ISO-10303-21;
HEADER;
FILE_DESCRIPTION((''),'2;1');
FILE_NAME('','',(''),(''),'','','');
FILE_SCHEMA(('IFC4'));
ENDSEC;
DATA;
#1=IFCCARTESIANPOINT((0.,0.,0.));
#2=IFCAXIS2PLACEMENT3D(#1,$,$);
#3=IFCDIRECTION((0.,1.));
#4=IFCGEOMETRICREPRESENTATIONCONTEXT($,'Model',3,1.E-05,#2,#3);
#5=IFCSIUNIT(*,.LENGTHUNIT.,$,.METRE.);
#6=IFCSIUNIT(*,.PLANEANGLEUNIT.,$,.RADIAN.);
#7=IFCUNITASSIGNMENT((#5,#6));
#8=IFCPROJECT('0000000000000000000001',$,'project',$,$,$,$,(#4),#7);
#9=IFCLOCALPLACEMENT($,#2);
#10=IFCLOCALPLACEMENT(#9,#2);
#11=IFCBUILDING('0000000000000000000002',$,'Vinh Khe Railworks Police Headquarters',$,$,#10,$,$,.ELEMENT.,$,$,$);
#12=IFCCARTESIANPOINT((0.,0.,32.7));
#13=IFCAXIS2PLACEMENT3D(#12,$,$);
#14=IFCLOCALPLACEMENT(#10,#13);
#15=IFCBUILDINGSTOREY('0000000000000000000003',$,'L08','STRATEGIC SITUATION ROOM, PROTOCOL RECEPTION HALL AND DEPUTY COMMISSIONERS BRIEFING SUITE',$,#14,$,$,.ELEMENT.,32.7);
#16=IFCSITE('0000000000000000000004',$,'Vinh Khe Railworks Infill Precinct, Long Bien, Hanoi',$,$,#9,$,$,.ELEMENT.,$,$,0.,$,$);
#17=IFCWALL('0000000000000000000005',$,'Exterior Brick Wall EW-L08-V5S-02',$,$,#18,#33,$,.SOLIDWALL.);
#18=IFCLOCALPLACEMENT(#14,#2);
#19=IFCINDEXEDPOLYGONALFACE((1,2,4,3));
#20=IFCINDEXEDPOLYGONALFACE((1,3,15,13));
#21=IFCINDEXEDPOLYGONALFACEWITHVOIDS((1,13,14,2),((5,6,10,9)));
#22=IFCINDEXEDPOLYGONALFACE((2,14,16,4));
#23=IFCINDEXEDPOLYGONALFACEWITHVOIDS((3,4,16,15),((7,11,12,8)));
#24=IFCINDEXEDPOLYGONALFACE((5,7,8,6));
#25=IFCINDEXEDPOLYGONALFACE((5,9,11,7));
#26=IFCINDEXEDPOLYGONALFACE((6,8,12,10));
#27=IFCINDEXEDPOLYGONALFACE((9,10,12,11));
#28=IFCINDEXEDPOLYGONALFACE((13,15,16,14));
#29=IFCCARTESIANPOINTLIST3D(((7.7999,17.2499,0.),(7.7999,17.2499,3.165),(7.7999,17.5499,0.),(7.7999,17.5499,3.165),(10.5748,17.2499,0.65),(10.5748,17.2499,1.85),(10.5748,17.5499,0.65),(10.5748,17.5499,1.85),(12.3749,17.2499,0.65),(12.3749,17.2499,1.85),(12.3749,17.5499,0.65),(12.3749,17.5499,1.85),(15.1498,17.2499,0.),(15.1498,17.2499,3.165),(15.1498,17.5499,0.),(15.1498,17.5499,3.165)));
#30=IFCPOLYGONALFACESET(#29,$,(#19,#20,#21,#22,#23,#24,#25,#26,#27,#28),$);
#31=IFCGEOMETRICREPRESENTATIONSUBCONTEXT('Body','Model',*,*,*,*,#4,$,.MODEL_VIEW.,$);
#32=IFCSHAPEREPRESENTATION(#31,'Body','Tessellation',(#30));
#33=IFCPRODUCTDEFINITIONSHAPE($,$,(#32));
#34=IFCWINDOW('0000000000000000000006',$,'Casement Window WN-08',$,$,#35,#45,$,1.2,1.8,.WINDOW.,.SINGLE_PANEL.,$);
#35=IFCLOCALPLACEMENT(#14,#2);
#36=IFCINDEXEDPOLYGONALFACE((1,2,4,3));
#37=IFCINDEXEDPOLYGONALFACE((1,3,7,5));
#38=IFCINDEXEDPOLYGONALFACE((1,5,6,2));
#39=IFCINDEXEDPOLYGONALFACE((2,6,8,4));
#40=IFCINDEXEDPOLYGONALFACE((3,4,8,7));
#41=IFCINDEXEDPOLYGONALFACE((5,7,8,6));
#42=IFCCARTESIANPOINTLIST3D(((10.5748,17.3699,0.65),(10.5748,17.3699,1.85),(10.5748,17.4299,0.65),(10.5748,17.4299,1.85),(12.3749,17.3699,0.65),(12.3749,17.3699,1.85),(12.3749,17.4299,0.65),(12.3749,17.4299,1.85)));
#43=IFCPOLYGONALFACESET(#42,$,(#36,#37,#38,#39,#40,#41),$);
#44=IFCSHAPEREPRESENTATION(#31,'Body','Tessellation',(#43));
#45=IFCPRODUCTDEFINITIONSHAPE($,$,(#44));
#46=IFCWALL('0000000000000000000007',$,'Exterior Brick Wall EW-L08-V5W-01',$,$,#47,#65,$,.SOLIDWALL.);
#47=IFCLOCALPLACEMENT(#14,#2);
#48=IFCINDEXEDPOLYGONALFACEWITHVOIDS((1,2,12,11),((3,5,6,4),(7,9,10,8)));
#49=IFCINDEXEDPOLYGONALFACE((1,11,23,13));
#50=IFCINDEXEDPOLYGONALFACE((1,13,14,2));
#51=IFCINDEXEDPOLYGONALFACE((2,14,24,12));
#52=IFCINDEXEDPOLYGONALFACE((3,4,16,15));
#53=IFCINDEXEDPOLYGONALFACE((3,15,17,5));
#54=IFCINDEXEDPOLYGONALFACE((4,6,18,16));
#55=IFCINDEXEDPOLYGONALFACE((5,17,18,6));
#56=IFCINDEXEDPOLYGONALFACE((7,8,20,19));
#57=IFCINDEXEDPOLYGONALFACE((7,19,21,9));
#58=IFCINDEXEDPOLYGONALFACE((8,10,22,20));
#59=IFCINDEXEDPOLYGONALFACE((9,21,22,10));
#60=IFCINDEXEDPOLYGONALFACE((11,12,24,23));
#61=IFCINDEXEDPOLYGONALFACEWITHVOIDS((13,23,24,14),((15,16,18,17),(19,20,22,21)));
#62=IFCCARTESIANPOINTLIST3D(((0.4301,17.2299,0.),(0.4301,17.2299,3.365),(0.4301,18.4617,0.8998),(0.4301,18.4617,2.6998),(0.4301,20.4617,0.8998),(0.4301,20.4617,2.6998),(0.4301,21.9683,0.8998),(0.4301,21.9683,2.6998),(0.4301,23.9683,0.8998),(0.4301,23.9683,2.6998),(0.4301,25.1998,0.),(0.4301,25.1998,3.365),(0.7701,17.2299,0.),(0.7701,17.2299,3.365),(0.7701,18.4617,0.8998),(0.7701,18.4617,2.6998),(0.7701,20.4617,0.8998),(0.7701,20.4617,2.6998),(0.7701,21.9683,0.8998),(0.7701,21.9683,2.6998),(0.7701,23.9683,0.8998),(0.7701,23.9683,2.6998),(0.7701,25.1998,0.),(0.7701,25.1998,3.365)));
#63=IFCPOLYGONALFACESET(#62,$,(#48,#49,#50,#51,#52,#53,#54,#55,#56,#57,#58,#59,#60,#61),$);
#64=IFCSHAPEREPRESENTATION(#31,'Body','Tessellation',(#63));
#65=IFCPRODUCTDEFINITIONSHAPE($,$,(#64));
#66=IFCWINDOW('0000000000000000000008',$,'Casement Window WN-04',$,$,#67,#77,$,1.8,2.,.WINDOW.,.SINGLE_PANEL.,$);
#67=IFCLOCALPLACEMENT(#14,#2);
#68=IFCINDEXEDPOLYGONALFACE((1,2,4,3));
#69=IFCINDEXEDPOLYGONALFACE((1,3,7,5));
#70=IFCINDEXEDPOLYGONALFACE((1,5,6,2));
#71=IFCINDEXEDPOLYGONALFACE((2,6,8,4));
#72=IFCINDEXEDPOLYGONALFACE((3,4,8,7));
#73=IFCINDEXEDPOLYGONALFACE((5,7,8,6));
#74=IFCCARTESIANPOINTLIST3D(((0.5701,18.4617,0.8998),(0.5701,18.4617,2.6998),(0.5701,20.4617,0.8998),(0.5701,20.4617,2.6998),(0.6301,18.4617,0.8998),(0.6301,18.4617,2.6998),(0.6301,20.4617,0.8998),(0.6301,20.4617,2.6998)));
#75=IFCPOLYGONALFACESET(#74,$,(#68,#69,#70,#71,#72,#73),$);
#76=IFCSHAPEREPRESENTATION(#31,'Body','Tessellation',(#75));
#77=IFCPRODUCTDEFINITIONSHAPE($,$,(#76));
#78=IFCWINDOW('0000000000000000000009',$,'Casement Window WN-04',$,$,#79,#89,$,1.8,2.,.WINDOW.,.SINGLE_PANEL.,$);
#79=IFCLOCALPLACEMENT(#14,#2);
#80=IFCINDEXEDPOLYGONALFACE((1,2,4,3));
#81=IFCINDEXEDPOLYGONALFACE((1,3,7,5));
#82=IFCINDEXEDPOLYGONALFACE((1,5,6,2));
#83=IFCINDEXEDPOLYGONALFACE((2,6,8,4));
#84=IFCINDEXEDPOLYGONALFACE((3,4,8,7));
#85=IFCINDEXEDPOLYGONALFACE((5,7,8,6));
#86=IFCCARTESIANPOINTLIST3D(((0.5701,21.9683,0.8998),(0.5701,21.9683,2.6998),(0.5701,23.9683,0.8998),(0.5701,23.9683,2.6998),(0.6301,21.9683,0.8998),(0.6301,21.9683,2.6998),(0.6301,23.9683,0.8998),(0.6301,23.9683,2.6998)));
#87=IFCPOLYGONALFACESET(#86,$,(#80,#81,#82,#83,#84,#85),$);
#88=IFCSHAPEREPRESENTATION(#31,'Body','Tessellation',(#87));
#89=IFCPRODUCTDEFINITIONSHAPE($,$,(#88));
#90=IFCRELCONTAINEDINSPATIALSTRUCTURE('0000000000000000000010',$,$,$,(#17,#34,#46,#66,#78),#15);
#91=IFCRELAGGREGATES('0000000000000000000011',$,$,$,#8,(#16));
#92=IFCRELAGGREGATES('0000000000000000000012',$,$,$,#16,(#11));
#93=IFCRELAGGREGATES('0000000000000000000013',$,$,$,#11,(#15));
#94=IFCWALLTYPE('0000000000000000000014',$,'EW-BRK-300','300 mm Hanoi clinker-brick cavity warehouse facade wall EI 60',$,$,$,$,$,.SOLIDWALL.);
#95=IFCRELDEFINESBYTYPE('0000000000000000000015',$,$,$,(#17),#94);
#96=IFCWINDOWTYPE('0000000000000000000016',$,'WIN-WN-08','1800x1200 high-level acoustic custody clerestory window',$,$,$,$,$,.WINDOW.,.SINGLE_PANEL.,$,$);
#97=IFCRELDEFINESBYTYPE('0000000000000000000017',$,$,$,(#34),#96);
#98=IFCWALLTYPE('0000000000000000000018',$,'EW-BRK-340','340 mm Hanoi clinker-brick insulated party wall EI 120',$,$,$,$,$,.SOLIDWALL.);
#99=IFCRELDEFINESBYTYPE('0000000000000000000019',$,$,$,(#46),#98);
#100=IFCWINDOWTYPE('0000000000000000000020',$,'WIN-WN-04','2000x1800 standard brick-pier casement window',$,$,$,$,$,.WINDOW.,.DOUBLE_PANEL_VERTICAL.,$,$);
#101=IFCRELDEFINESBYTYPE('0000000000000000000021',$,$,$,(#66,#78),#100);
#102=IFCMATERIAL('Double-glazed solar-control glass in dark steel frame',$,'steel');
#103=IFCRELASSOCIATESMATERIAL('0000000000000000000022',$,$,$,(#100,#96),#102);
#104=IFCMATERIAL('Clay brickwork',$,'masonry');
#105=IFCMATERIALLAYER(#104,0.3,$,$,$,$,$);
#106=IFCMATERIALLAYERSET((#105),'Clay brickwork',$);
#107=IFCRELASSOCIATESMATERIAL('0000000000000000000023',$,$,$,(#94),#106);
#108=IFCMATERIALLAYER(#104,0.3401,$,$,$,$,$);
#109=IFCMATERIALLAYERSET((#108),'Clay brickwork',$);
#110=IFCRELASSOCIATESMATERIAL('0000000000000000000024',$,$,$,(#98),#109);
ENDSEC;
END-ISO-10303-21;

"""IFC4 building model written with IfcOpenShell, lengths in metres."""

from ifc_helpers import new_model, si_unit, direction, frame, frame_2d, origin, place, context, subcontext, project, spatial, rectangle, extrude, material, layer, layer_set, type_object, element, fill, save


model = new_model("IFC4")

# Units and contexts
model_context = context("Model", 3, precision=1e-05, world=origin(), true_north=direction((0.0, 1.0)))
body_context = subcontext(model_context, "Body", "Model", "MODEL_VIEW")
ifc_project = project(units=[si_unit("LENGTHUNIT", "METRE"), si_unit("PLANEANGLEUNIT", "RADIAN")], contexts=[model_context])

# Site, building, storey
site_placement = place(None, origin())
site = spatial("IfcSite", under=ifc_project, at=site_placement, Name="Vinh Khe Railworks Infill Precinct, Long Bien, Hanoi", CompositionType="ELEMENT", RefElevation=0.0)
building_placement = place(site_placement, origin())
building = spatial("IfcBuilding", under=site, at=building_placement, Name="Vinh Khe Railworks Police Headquarters", CompositionType="ELEMENT")
storey_placement = place(building_placement, frame((0.0, 0.0, 32.7)))
storey = spatial("IfcBuildingStorey", under=building, at=storey_placement, Name="L08", Description="STRATEGIC SITUATION ROOM, PROTOCOL RECEPTION HALL AND DEPUTY COMMISSIONERS BRIEFING SUITE", CompositionType="ELEMENT", Elevation=32.7)

# Shared definitions
ifc_material_1 = material(Name="Clay brickwork", Category="masonry")
ifc_material_2 = material(Name="Double-glazed solar-control glass in dark steel frame", Category="steel")
window_type_1 = type_object("IfcWindowType", Name="WIN-WN-04", Description="2000x1800 standard brick-pier casement window", PartitioningType="DOUBLE_PANEL_VERTICAL", PredefinedType="WINDOW", material=ifc_material_2)

# Wall, opening, window
ifc_layer_1 = layer(ifc_material_1, 0.3)
ifc_layer_set_1 = layer_set([ifc_layer_1], Name="Clay brickwork")
wall_type_1 = type_object("IfcWallType", Name="EW-BRK-300", Description="300 mm Hanoi clinker-brick cavity warehouse facade wall EI 60", PredefinedType="SOLIDWALL", material=ifc_layer_set_1)
window_type_2 = type_object("IfcWindowType", Name="WIN-WN-08", Description="1800x1200 high-level acoustic custody clerestory window", PartitioningType="SINGLE_PANEL", PredefinedType="WINDOW", material=ifc_material_2)
wall_1_placement = place(storey_placement, frame((7.8, 17.3999, 0.0), z_axis=(0.0, 0.0, 1.0), x_axis=(1.0, 0.0, 0.0)))
wall_1 = element("IfcWall", 1, at=wall_1_placement, inside=storey, type_object=wall_type_1, Name="Exterior Brick Wall EW-L08-V5S-02", PredefinedType="SOLIDWALL", context=body_context, shape_type="SweptSolid", body=[
    extrude(rectangle(XDim=7.3499, YDim=0.3, at=frame_2d((3.6748, 0.0))), origin(), (0.0, 0.0, 1.0), 3.165),
])
opening_1_placement = place(wall_1_placement, frame((2.7749, 0.0, 0.6499)))
opening_1 = element("IfcOpeningElement", 2, at=opening_1_placement, cuts=wall_1, PredefinedType="OPENING", context=body_context, shape_type="SweptSolid", body=[
    extrude(rectangle(XDim=1.8, YDim=1.2, at=frame_2d((0.8999, 0.6001))), frame((0.0, 0.165, 0.0), z_axis=(0.0, -1.0, 0.0), x_axis=(1.0, 0.0, 0.0)), (0.0, 0.0, 1.0), 0.3298),
])
window_1_placement = place(opening_1_placement, origin())
window_1 = element("IfcWindow", 3, at=window_1_placement, inside=storey, type_object=window_type_2, Name="Casement Window WN-08", OverallHeight=1.2, OverallWidth=1.8, PartitioningType="SINGLE_PANEL", PredefinedType="WINDOW", context=body_context, shape_type="SweptSolid", body=[
    extrude(rectangle(XDim=1.8, YDim=1.2, at=frame_2d((0.8999, 0.6001))), frame((0.0, 0.03, 0.0), z_axis=(0.0, -1.0, 0.0), x_axis=(1.0, 0.0, 0.0)), (0.0, 0.0, 1.0), 0.0601),
])
fill(opening_1, window_1)

# Wall, openings, windows
ifc_layer_2 = layer(ifc_material_1, 0.3401)
ifc_layer_set_2 = layer_set([ifc_layer_2], Name="Clay brickwork")
wall_type_2 = type_object("IfcWallType", Name="EW-BRK-340", Description="340 mm Hanoi clinker-brick insulated party wall EI 120", PredefinedType="SOLIDWALL", material=ifc_layer_set_2)
wall_2_placement = place(storey_placement, frame((0.6001, 17.23, 0.0), z_axis=(0.0, 0.0, 1.0), x_axis=(0.0, 1.0, 0.0)))
wall_2 = element("IfcWall", 4, at=wall_2_placement, inside=storey, type_object=wall_type_2, Name="Exterior Brick Wall EW-L08-V5W-01", PredefinedType="SOLIDWALL", context=body_context, shape_type="SweptSolid", body=[
    extrude(rectangle(XDim=7.97, YDim=0.3401, at=frame_2d((3.9849, 0.0))), origin(), (0.0, 0.0, 1.0), 3.365),
])
opening_2_placement = place(wall_2_placement, frame((1.2317, 0.0, 0.8999)))
opening_2 = element("IfcOpeningElement", 5, at=opening_2_placement, cuts=wall_2, PredefinedType="OPENING", context=body_context, shape_type="SweptSolid", body=[
    extrude(rectangle(XDim=2.0, YDim=1.8, at=frame_2d((1.0, 0.8999))), frame((0.0, 0.1851, 0.0), z_axis=(0.0, -1.0, 0.0), x_axis=(1.0, 0.0, 0.0)), (0.0, 0.0, 1.0), 0.3699),
])
opening_3_placement = place(wall_2_placement, frame((4.7383, 0.0, 0.8999)))
opening_3 = element("IfcOpeningElement", 6, at=opening_3_placement, cuts=wall_2, PredefinedType="OPENING", context=body_context, shape_type="SweptSolid", body=[
    extrude(rectangle(XDim=2.0, YDim=1.8, at=frame_2d((1.0, 0.8999))), frame((0.0, 0.1851, 0.0), z_axis=(0.0, -1.0, 0.0), x_axis=(1.0, 0.0, 0.0)), (0.0, 0.0, 1.0), 0.3699),
])
window_2_placement = place(opening_2_placement, origin())
window_2 = element("IfcWindow", 7, at=window_2_placement, inside=storey, type_object=window_type_1, Name="Casement Window WN-04", OverallHeight=1.8, OverallWidth=2.0, PartitioningType="SINGLE_PANEL", PredefinedType="WINDOW", context=body_context, shape_type="SweptSolid", body=[
    extrude(rectangle(XDim=2.0, YDim=1.8, at=frame_2d((1.0, 0.8999))), frame((0.0, 0.03, 0.0), z_axis=(0.0, -1.0, 0.0), x_axis=(1.0, 0.0, 0.0)), (0.0, 0.0, 1.0), 0.0601),
])
fill(opening_2, window_2)
window_3_placement = place(opening_3_placement, origin())
window_3 = element("IfcWindow", 8, at=window_3_placement, inside=storey, type_object=window_type_1, Name="Casement Window WN-04", OverallHeight=1.8, OverallWidth=2.0, PartitioningType="SINGLE_PANEL", PredefinedType="WINDOW", context=body_context, shape_type="SweptSolid", body=[
    extrude(rectangle(XDim=2.0, YDim=1.8, at=frame_2d((1.0, 0.8999))), frame((0.0, 0.03, 0.0), z_axis=(0.0, -1.0, 0.0), x_axis=(1.0, 0.0, 0.0)), (0.0, 0.0, 1.0), 0.0601),
])
fill(opening_3, window_3)

save(model, "model.ifc")
